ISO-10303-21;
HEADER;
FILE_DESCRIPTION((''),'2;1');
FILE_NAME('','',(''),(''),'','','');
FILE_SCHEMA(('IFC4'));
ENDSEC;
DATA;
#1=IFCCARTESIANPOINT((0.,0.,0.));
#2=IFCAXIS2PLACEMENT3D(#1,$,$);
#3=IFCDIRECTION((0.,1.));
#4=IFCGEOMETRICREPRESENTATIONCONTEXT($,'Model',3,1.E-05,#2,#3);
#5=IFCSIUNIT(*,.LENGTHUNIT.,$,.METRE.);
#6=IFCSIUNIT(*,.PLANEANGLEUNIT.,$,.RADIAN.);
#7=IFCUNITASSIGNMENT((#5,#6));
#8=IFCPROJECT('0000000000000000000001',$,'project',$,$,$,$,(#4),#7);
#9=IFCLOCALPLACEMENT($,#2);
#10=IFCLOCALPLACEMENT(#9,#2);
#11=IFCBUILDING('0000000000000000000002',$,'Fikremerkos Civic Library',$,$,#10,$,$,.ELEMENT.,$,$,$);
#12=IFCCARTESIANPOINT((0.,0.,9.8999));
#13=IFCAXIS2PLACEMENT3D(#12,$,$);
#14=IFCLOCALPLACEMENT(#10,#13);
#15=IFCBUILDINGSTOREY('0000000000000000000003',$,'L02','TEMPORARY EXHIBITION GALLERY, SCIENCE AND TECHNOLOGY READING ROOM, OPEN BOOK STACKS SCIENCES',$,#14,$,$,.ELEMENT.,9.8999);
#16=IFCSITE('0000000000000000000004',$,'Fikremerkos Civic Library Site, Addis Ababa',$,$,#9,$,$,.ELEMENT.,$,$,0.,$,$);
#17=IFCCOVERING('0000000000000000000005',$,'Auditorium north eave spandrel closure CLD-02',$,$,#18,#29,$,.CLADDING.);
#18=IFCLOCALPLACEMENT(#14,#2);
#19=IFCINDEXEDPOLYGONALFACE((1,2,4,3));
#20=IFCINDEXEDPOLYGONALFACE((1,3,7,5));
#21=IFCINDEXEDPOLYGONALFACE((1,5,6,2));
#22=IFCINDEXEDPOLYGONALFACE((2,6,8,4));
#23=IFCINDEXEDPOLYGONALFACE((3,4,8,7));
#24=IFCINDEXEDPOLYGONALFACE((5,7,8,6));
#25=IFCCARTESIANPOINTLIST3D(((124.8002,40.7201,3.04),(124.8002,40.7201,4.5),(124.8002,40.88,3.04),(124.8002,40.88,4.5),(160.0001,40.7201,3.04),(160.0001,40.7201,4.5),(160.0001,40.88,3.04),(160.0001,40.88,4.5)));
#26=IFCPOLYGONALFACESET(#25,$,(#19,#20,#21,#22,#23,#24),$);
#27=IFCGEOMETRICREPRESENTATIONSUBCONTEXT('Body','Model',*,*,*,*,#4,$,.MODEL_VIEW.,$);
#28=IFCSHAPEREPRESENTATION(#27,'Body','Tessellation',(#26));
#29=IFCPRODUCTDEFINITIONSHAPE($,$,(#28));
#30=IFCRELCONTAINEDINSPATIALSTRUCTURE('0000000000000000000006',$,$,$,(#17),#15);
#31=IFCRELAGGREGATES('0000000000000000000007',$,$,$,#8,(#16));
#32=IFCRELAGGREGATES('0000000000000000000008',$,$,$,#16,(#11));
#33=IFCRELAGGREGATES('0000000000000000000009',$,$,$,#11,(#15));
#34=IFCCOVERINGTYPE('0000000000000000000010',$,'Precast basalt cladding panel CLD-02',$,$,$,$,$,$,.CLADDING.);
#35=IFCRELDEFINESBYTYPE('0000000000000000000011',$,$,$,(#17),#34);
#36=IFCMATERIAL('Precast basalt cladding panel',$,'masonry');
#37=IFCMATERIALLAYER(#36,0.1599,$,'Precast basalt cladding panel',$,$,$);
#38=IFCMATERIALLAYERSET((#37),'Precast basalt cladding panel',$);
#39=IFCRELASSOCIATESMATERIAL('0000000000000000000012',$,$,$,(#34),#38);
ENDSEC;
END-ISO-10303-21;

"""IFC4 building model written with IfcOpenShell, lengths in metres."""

from ifc_helpers import new_model, si_unit, direction, frame, frame_2d, origin, place, context, subcontext, project, spatial, rectangle, extrude, material, layer, layer_set, type_object, element, save


model = new_model("IFC4")

# Units and contexts
model_context = context("Model", 3, precision=1e-05, world=origin(), true_north=direction((0.0, 1.0)))
body_context = subcontext(model_context, "Body", "Model", "MODEL_VIEW")
ifc_project = project(units=[si_unit("LENGTHUNIT", "METRE"), si_unit("PLANEANGLEUNIT", "RADIAN")], contexts=[model_context])

# Site, building, storey
site_placement = place(None, origin())
site = spatial("IfcSite", under=ifc_project, at=site_placement, Name="Fikremerkos Civic Library Site, Addis Ababa", CompositionType="ELEMENT", RefElevation=0.0)
building_placement = place(site_placement, origin())
building = spatial("IfcBuilding", under=site, at=building_placement, Name="Fikremerkos Civic Library", CompositionType="ELEMENT")
storey_placement = place(building_placement, frame((0.0, 0.0, 9.8999)))
storey = spatial("IfcBuildingStorey", under=building, at=storey_placement, Name="L02", Description="TEMPORARY EXHIBITION GALLERY, SCIENCE AND TECHNOLOGY READING ROOM, OPEN BOOK STACKS SCIENCES", CompositionType="ELEMENT", Elevation=9.8999)

# Covering
ifc_material_1 = material(Name="Precast basalt cladding panel", Category="masonry")
ifc_layer_1 = layer(ifc_material_1, 0.1599, Name="Precast basalt cladding panel")
ifc_layer_set_1 = layer_set([ifc_layer_1], Name="Precast basalt cladding panel")
covering_type = type_object("IfcCoveringType", Name="Precast basalt cladding panel CLD-02", PredefinedType="CLADDING", material=ifc_layer_set_1)
covering_placement = place(storey_placement, frame((124.8, 40.8, 3.04), z_axis=(0.0, 0.0, 1.0), x_axis=(1.0, 0.0, 0.0)))
element("IfcCovering", 1, at=covering_placement, inside=storey, type_object=covering_type, Name="Auditorium north eave spandrel closure CLD-02", PredefinedType="CLADDING", context=body_context, shape_type="SweptSolid", body=[
    extrude(rectangle(XDim=35.2, YDim=0.1599, at=frame_2d((17.6001, 0.0))), origin(), (0.0, 0.0, 1.0), 1.46),
])

save(model, "model.ifc")
